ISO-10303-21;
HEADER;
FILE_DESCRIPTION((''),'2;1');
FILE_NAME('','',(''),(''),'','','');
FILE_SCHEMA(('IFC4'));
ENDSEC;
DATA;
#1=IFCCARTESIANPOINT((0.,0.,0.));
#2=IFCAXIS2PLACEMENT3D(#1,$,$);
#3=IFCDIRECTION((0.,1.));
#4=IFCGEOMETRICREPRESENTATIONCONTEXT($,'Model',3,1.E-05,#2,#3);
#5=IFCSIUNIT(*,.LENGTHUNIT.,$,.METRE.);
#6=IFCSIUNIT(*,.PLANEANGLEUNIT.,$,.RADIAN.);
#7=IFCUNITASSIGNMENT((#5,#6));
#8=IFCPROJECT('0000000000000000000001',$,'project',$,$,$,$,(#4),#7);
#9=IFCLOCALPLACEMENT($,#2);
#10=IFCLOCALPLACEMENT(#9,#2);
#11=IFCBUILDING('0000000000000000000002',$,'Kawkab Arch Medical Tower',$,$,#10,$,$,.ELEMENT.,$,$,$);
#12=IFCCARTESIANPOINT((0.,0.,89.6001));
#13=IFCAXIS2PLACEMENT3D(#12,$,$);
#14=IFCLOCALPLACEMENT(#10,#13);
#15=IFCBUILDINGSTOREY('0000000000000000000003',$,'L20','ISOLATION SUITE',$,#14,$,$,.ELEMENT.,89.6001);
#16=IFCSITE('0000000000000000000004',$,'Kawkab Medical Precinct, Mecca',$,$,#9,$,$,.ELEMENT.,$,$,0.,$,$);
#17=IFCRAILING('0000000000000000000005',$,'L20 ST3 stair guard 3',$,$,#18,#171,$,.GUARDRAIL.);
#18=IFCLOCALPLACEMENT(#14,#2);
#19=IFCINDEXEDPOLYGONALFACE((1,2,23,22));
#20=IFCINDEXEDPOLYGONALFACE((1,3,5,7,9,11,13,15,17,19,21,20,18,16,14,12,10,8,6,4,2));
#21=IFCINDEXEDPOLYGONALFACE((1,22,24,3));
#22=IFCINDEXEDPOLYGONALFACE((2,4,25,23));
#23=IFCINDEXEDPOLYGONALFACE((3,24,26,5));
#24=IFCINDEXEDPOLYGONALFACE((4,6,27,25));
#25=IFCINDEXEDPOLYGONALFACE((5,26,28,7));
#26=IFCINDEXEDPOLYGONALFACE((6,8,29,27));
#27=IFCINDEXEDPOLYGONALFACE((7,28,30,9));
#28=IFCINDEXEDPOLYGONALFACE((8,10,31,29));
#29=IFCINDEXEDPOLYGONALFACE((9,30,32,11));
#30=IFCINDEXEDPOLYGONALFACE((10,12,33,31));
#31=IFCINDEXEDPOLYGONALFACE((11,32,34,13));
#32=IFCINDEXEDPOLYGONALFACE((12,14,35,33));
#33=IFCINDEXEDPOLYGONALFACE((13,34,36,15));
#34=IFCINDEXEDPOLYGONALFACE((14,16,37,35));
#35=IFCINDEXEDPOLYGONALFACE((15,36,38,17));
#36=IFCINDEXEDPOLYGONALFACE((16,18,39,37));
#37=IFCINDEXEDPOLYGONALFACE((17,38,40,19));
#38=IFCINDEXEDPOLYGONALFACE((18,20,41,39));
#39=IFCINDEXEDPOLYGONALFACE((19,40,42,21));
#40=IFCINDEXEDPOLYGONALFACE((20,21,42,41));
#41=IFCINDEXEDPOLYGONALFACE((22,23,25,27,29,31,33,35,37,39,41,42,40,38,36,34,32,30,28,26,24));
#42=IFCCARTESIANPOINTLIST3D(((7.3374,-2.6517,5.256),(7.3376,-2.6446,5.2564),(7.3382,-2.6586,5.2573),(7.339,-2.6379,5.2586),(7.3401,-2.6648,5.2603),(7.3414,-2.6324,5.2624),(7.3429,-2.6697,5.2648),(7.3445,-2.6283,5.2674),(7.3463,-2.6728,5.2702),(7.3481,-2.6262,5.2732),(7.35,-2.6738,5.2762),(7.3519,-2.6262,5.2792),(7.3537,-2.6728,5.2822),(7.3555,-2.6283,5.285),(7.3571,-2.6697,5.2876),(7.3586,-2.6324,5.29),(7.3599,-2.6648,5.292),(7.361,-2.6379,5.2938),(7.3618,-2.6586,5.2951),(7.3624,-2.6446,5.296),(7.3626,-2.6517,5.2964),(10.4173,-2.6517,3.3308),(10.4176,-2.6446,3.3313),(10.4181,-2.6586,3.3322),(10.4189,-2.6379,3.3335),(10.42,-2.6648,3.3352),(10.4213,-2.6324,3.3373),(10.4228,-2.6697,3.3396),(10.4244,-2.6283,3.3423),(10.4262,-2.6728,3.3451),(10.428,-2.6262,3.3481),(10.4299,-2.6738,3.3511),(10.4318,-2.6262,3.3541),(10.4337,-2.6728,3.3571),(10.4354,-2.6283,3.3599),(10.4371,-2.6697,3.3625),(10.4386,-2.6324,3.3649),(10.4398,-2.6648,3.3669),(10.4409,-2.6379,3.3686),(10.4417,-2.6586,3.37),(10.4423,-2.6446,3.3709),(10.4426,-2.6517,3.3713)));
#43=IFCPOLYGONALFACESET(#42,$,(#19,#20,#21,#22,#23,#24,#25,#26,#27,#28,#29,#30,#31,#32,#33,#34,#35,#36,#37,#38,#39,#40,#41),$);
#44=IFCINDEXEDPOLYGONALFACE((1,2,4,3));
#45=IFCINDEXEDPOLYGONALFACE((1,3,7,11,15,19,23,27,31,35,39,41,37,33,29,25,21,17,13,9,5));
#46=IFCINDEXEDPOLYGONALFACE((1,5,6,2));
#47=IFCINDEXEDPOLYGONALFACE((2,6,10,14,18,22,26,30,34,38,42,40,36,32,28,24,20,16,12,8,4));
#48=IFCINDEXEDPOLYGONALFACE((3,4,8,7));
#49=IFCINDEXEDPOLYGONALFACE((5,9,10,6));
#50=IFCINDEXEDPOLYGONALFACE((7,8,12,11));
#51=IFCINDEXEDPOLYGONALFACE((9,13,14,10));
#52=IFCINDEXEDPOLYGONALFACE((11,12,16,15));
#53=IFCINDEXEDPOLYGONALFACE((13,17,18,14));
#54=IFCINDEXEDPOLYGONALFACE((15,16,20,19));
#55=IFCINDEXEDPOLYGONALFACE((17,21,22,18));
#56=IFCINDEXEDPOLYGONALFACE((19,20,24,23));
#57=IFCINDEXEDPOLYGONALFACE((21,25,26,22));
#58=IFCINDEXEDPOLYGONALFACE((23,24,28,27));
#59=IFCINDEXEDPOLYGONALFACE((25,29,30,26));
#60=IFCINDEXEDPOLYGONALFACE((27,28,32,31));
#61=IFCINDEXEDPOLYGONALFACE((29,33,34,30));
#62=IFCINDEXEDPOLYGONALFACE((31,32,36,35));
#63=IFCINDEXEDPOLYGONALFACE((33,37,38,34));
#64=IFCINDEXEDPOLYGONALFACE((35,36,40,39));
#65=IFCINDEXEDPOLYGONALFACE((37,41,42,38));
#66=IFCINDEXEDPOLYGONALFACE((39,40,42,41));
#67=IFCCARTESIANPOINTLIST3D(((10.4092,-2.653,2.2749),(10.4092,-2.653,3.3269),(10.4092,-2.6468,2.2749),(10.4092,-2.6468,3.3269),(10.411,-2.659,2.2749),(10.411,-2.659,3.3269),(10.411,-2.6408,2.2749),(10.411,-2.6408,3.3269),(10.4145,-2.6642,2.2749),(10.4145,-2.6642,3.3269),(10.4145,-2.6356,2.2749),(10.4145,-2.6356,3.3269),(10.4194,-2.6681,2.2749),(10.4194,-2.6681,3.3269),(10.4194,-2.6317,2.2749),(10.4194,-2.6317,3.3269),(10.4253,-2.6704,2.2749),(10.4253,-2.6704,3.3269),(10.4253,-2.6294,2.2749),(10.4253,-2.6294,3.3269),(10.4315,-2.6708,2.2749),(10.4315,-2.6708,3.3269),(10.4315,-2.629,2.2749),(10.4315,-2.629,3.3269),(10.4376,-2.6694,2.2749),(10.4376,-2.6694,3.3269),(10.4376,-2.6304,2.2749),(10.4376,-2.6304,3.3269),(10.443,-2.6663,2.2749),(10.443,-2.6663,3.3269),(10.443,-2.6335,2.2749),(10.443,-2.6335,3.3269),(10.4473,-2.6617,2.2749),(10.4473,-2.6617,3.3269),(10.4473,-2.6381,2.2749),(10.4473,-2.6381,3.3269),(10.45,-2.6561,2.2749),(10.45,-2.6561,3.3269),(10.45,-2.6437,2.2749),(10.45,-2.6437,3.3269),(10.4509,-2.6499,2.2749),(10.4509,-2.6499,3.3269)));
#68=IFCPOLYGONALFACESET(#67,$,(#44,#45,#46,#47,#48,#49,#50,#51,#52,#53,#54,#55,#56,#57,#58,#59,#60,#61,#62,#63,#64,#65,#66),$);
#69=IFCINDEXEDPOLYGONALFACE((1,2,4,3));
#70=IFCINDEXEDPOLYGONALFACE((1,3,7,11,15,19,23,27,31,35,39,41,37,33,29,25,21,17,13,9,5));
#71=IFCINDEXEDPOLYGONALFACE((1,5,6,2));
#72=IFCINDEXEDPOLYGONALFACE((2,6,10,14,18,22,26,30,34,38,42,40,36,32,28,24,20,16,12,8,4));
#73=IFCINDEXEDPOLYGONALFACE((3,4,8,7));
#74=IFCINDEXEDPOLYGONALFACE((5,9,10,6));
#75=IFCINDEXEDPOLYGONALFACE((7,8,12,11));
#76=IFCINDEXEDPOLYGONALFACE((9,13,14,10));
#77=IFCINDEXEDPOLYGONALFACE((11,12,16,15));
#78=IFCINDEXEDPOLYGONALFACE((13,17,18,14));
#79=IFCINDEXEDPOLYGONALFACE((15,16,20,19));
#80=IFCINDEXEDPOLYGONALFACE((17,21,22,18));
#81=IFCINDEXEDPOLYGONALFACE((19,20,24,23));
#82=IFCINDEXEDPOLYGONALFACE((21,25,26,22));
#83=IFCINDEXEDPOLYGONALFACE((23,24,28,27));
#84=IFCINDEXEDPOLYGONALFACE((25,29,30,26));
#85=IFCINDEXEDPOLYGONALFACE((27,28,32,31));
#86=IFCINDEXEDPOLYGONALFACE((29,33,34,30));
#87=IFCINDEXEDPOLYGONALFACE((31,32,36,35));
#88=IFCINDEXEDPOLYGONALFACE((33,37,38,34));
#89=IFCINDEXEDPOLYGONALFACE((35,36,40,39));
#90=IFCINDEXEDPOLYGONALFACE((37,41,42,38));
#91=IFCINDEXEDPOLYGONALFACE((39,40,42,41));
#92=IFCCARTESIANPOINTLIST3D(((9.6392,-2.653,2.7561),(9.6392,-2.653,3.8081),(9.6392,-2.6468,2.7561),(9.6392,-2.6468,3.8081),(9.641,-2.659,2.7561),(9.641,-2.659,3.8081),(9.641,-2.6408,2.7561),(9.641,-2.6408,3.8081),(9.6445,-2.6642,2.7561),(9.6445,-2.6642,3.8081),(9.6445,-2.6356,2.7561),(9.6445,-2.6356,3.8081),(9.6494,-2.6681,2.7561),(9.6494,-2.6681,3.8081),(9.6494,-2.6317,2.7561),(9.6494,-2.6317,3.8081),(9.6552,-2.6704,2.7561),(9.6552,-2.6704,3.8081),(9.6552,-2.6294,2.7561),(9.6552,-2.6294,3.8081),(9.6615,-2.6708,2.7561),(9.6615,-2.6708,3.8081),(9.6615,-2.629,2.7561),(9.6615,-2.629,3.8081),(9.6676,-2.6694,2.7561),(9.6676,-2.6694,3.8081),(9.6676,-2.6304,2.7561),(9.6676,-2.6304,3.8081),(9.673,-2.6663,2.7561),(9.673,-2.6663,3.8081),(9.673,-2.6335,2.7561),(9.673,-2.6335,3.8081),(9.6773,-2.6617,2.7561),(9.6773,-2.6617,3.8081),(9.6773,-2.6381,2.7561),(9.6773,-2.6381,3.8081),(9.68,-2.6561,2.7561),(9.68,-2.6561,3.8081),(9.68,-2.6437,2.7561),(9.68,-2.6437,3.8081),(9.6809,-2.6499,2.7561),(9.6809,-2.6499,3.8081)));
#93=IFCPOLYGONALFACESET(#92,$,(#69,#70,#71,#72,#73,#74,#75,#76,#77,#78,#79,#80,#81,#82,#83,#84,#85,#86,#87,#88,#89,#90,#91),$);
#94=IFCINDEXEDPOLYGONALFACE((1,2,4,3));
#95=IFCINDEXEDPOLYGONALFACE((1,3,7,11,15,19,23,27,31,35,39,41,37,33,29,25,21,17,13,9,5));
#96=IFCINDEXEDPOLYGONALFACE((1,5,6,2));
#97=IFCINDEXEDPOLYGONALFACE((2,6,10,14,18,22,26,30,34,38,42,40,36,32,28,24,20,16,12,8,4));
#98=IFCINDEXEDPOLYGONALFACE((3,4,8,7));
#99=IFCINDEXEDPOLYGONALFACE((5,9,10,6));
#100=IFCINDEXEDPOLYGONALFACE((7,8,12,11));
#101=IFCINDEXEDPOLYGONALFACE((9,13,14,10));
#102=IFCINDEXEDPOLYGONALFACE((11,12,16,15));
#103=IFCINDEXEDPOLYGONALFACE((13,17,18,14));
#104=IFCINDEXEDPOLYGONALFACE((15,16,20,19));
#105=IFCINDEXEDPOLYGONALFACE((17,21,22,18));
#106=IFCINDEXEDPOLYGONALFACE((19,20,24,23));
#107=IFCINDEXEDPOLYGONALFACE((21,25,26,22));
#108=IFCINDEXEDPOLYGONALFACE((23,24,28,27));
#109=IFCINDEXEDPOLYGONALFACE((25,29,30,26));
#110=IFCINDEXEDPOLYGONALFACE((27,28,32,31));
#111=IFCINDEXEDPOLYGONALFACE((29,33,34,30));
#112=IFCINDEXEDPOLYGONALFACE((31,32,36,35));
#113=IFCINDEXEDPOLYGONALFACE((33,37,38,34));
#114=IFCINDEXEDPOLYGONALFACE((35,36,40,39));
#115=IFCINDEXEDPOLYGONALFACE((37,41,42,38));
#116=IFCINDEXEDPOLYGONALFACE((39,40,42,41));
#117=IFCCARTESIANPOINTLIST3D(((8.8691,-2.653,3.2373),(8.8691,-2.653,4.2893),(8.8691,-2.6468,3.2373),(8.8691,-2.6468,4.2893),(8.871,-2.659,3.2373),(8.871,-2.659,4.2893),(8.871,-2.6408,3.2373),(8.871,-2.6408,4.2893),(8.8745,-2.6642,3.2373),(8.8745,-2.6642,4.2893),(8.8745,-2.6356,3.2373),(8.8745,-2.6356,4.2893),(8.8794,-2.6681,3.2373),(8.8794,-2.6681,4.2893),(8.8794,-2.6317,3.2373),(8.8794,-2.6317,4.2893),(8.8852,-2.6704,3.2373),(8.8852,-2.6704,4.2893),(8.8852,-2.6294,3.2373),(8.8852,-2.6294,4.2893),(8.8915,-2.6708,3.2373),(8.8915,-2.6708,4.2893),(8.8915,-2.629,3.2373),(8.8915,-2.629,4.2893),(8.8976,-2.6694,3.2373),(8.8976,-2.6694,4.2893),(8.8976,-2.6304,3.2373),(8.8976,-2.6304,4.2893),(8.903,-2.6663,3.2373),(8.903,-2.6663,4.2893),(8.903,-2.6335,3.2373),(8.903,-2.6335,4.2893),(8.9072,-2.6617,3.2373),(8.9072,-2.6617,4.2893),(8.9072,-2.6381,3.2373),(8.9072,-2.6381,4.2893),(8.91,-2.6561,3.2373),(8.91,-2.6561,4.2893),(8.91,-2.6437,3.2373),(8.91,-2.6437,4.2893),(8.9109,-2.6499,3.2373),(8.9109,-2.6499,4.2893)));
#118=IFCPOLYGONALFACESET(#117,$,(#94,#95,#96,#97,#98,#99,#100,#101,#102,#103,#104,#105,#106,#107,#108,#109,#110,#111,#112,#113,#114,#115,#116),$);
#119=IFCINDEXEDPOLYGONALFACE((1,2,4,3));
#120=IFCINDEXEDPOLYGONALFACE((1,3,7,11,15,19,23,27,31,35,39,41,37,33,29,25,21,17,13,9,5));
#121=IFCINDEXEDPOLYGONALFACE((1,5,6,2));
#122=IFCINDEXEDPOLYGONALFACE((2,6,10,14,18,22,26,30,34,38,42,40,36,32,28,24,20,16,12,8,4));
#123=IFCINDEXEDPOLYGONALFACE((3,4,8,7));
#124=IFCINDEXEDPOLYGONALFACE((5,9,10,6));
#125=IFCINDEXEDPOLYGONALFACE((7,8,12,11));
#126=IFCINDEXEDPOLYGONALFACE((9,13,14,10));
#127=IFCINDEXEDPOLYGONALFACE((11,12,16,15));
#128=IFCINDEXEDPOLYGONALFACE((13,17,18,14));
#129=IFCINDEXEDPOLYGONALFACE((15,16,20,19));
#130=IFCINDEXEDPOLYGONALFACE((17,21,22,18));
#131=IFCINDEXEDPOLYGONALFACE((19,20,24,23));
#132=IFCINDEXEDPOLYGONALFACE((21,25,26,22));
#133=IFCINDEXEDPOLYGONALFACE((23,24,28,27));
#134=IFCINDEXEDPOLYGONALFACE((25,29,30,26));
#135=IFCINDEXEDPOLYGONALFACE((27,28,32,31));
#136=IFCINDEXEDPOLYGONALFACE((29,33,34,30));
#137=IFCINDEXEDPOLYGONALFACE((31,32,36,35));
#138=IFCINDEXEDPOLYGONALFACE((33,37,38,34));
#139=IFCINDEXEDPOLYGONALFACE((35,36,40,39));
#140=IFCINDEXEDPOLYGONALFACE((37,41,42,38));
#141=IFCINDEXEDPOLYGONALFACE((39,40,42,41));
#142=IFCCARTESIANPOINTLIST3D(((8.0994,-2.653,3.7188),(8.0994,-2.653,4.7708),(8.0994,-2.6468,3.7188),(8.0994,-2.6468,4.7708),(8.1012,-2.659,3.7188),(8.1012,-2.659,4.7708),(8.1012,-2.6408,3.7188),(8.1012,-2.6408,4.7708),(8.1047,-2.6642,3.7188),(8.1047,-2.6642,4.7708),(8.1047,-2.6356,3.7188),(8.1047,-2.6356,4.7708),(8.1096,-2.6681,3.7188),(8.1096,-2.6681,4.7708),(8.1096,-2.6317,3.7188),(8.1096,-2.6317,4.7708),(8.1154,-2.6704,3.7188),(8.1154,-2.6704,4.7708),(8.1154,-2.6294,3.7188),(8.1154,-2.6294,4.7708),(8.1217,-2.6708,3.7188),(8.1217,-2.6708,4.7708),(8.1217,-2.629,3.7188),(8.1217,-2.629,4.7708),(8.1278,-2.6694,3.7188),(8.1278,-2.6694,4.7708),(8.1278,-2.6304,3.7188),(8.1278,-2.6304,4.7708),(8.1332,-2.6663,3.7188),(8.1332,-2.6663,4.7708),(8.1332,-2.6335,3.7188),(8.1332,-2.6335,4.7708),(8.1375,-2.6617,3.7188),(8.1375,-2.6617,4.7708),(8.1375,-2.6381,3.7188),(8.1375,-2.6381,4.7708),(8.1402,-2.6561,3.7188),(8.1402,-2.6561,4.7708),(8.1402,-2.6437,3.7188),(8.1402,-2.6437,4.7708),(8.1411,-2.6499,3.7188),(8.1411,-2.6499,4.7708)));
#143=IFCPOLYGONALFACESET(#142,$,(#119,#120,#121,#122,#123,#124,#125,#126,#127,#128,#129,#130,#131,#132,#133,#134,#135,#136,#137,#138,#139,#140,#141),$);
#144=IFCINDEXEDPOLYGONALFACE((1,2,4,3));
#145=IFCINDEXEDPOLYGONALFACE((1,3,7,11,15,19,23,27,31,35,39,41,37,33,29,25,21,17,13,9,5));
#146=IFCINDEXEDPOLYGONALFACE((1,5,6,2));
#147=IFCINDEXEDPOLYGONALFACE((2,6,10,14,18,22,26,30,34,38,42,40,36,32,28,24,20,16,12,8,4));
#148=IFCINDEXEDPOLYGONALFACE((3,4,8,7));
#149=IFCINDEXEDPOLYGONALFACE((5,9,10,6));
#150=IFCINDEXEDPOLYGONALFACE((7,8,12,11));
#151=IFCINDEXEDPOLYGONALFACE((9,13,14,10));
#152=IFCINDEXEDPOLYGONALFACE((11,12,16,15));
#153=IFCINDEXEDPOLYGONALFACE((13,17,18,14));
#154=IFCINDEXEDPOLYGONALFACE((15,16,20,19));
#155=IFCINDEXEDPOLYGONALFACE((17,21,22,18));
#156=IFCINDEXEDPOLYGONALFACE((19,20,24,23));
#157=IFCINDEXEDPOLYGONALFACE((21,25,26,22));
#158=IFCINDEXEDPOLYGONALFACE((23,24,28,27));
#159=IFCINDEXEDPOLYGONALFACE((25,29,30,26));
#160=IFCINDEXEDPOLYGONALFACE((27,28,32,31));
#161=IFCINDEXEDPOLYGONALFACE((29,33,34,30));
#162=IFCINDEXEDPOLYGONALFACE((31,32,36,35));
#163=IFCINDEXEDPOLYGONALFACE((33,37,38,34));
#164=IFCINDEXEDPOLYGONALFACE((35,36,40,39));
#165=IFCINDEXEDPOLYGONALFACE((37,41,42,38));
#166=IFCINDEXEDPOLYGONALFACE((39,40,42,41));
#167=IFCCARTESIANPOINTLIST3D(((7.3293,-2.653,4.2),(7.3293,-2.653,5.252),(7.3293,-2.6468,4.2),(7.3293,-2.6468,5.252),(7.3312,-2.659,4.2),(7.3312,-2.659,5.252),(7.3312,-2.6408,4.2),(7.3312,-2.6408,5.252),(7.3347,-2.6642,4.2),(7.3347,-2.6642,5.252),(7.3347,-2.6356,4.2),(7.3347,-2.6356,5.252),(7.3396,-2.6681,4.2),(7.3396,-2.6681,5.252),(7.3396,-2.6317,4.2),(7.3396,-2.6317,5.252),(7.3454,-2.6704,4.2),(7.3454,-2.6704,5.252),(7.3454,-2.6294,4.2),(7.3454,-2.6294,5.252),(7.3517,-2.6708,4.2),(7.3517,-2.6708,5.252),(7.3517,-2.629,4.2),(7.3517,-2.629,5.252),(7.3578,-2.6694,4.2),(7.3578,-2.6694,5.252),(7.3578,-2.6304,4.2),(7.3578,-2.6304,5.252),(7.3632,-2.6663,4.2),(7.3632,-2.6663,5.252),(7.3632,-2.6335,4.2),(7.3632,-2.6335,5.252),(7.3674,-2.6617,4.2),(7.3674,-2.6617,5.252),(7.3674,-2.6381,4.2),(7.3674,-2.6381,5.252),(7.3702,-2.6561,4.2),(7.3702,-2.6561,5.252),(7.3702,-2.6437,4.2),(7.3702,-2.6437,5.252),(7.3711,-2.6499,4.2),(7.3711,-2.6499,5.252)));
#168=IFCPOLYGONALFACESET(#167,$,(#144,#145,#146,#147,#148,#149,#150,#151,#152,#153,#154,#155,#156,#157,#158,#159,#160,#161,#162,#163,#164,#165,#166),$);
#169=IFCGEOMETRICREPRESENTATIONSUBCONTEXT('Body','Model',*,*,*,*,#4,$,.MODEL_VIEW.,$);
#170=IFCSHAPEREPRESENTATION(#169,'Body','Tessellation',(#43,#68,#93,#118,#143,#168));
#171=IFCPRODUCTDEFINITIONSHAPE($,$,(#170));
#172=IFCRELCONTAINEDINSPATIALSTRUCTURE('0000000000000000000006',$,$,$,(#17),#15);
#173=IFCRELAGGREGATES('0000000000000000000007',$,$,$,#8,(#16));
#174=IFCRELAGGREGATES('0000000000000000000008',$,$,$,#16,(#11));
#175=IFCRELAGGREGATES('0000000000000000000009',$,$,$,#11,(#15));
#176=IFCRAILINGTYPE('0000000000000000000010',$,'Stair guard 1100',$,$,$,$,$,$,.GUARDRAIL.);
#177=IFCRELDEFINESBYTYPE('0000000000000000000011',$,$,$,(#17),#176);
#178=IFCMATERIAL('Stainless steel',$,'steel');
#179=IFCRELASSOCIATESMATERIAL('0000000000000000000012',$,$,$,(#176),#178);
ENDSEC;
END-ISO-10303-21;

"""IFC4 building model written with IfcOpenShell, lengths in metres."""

from ifc_helpers import new_model, si_unit, direction, frame, origin, origin_2d, place, context, subcontext, project, spatial, circle, extrude, material, type_object, element, save


model = new_model("IFC4")

# Units and contexts
model_context = context("Model", 3, precision=1e-05, world=origin(), true_north=direction((0.0, 1.0)))
body_context = subcontext(model_context, "Body", "Model", "MODEL_VIEW")
ifc_project = project(units=[si_unit("LENGTHUNIT", "METRE"), si_unit("PLANEANGLEUNIT", "RADIAN")], contexts=[model_context])

# Site, building, storey
site_placement = place(None, origin())
site = spatial("IfcSite", under=ifc_project, at=site_placement, Name="Kawkab Medical Precinct, Mecca", CompositionType="ELEMENT", RefElevation=0.0)
building_placement = place(site_placement, origin())
building = spatial("IfcBuilding", under=site, at=building_placement, Name="Kawkab Arch Medical Tower", CompositionType="ELEMENT")
storey_placement = place(building_placement, frame((0.0, 0.0, 89.6001)))
storey = spatial("IfcBuildingStorey", under=building, at=storey_placement, Name="L20", Description="ISOLATION SUITE", CompositionType="ELEMENT", Elevation=89.6001)

# Railing
ifc_material_1 = material(Name="Stainless steel", Category="steel")
railing_type = type_object("IfcRailingType", Name="Stair guard 1100", PredefinedType="GUARDRAIL", material=ifc_material_1)
railing_1_placement = place(storey_placement, frame((10.4299, -2.6499, 2.2749)))
element("IfcRailing", 1, at=railing_1_placement, inside=storey, type_object=railing_type, Name="L20 ST3 stair guard 3", PredefinedType="GUARDRAIL", context=body_context, shape_type="SweptSolid", body=[
    extrude(circle(Radius=0.0239, at=origin_2d()), frame((0.0, 0.0, 1.0762), z_axis=(-0.847979, 0.0, 0.530029), x_axis=(0.0, -1.0, 0.0)), (0.0, 0.0, 1.0), 3.6321),
    extrude(circle(Radius=0.021, at=origin_2d()), origin(), (0.0, 0.0, 1.0), 1.052),
    extrude(circle(Radius=0.021, at=origin_2d()), frame((-0.77, 0.0, 0.4812)), (0.0, 0.0, 1.0), 1.052),
    extrude(circle(Radius=0.021, at=origin_2d()), frame((-1.54, 0.0, 0.9624)), (0.0, 0.0, 1.0), 1.052),
    extrude(circle(Radius=0.021, at=origin_2d()), frame((-2.3098, 0.0, 1.4438)), (0.0, 0.0, 1.0), 1.052),
    extrude(circle(Radius=0.021, at=origin_2d()), frame((-3.0798, 0.0, 1.925)), (0.0, 0.0, 1.0), 1.052),
])

save(model, "model.ifc")
